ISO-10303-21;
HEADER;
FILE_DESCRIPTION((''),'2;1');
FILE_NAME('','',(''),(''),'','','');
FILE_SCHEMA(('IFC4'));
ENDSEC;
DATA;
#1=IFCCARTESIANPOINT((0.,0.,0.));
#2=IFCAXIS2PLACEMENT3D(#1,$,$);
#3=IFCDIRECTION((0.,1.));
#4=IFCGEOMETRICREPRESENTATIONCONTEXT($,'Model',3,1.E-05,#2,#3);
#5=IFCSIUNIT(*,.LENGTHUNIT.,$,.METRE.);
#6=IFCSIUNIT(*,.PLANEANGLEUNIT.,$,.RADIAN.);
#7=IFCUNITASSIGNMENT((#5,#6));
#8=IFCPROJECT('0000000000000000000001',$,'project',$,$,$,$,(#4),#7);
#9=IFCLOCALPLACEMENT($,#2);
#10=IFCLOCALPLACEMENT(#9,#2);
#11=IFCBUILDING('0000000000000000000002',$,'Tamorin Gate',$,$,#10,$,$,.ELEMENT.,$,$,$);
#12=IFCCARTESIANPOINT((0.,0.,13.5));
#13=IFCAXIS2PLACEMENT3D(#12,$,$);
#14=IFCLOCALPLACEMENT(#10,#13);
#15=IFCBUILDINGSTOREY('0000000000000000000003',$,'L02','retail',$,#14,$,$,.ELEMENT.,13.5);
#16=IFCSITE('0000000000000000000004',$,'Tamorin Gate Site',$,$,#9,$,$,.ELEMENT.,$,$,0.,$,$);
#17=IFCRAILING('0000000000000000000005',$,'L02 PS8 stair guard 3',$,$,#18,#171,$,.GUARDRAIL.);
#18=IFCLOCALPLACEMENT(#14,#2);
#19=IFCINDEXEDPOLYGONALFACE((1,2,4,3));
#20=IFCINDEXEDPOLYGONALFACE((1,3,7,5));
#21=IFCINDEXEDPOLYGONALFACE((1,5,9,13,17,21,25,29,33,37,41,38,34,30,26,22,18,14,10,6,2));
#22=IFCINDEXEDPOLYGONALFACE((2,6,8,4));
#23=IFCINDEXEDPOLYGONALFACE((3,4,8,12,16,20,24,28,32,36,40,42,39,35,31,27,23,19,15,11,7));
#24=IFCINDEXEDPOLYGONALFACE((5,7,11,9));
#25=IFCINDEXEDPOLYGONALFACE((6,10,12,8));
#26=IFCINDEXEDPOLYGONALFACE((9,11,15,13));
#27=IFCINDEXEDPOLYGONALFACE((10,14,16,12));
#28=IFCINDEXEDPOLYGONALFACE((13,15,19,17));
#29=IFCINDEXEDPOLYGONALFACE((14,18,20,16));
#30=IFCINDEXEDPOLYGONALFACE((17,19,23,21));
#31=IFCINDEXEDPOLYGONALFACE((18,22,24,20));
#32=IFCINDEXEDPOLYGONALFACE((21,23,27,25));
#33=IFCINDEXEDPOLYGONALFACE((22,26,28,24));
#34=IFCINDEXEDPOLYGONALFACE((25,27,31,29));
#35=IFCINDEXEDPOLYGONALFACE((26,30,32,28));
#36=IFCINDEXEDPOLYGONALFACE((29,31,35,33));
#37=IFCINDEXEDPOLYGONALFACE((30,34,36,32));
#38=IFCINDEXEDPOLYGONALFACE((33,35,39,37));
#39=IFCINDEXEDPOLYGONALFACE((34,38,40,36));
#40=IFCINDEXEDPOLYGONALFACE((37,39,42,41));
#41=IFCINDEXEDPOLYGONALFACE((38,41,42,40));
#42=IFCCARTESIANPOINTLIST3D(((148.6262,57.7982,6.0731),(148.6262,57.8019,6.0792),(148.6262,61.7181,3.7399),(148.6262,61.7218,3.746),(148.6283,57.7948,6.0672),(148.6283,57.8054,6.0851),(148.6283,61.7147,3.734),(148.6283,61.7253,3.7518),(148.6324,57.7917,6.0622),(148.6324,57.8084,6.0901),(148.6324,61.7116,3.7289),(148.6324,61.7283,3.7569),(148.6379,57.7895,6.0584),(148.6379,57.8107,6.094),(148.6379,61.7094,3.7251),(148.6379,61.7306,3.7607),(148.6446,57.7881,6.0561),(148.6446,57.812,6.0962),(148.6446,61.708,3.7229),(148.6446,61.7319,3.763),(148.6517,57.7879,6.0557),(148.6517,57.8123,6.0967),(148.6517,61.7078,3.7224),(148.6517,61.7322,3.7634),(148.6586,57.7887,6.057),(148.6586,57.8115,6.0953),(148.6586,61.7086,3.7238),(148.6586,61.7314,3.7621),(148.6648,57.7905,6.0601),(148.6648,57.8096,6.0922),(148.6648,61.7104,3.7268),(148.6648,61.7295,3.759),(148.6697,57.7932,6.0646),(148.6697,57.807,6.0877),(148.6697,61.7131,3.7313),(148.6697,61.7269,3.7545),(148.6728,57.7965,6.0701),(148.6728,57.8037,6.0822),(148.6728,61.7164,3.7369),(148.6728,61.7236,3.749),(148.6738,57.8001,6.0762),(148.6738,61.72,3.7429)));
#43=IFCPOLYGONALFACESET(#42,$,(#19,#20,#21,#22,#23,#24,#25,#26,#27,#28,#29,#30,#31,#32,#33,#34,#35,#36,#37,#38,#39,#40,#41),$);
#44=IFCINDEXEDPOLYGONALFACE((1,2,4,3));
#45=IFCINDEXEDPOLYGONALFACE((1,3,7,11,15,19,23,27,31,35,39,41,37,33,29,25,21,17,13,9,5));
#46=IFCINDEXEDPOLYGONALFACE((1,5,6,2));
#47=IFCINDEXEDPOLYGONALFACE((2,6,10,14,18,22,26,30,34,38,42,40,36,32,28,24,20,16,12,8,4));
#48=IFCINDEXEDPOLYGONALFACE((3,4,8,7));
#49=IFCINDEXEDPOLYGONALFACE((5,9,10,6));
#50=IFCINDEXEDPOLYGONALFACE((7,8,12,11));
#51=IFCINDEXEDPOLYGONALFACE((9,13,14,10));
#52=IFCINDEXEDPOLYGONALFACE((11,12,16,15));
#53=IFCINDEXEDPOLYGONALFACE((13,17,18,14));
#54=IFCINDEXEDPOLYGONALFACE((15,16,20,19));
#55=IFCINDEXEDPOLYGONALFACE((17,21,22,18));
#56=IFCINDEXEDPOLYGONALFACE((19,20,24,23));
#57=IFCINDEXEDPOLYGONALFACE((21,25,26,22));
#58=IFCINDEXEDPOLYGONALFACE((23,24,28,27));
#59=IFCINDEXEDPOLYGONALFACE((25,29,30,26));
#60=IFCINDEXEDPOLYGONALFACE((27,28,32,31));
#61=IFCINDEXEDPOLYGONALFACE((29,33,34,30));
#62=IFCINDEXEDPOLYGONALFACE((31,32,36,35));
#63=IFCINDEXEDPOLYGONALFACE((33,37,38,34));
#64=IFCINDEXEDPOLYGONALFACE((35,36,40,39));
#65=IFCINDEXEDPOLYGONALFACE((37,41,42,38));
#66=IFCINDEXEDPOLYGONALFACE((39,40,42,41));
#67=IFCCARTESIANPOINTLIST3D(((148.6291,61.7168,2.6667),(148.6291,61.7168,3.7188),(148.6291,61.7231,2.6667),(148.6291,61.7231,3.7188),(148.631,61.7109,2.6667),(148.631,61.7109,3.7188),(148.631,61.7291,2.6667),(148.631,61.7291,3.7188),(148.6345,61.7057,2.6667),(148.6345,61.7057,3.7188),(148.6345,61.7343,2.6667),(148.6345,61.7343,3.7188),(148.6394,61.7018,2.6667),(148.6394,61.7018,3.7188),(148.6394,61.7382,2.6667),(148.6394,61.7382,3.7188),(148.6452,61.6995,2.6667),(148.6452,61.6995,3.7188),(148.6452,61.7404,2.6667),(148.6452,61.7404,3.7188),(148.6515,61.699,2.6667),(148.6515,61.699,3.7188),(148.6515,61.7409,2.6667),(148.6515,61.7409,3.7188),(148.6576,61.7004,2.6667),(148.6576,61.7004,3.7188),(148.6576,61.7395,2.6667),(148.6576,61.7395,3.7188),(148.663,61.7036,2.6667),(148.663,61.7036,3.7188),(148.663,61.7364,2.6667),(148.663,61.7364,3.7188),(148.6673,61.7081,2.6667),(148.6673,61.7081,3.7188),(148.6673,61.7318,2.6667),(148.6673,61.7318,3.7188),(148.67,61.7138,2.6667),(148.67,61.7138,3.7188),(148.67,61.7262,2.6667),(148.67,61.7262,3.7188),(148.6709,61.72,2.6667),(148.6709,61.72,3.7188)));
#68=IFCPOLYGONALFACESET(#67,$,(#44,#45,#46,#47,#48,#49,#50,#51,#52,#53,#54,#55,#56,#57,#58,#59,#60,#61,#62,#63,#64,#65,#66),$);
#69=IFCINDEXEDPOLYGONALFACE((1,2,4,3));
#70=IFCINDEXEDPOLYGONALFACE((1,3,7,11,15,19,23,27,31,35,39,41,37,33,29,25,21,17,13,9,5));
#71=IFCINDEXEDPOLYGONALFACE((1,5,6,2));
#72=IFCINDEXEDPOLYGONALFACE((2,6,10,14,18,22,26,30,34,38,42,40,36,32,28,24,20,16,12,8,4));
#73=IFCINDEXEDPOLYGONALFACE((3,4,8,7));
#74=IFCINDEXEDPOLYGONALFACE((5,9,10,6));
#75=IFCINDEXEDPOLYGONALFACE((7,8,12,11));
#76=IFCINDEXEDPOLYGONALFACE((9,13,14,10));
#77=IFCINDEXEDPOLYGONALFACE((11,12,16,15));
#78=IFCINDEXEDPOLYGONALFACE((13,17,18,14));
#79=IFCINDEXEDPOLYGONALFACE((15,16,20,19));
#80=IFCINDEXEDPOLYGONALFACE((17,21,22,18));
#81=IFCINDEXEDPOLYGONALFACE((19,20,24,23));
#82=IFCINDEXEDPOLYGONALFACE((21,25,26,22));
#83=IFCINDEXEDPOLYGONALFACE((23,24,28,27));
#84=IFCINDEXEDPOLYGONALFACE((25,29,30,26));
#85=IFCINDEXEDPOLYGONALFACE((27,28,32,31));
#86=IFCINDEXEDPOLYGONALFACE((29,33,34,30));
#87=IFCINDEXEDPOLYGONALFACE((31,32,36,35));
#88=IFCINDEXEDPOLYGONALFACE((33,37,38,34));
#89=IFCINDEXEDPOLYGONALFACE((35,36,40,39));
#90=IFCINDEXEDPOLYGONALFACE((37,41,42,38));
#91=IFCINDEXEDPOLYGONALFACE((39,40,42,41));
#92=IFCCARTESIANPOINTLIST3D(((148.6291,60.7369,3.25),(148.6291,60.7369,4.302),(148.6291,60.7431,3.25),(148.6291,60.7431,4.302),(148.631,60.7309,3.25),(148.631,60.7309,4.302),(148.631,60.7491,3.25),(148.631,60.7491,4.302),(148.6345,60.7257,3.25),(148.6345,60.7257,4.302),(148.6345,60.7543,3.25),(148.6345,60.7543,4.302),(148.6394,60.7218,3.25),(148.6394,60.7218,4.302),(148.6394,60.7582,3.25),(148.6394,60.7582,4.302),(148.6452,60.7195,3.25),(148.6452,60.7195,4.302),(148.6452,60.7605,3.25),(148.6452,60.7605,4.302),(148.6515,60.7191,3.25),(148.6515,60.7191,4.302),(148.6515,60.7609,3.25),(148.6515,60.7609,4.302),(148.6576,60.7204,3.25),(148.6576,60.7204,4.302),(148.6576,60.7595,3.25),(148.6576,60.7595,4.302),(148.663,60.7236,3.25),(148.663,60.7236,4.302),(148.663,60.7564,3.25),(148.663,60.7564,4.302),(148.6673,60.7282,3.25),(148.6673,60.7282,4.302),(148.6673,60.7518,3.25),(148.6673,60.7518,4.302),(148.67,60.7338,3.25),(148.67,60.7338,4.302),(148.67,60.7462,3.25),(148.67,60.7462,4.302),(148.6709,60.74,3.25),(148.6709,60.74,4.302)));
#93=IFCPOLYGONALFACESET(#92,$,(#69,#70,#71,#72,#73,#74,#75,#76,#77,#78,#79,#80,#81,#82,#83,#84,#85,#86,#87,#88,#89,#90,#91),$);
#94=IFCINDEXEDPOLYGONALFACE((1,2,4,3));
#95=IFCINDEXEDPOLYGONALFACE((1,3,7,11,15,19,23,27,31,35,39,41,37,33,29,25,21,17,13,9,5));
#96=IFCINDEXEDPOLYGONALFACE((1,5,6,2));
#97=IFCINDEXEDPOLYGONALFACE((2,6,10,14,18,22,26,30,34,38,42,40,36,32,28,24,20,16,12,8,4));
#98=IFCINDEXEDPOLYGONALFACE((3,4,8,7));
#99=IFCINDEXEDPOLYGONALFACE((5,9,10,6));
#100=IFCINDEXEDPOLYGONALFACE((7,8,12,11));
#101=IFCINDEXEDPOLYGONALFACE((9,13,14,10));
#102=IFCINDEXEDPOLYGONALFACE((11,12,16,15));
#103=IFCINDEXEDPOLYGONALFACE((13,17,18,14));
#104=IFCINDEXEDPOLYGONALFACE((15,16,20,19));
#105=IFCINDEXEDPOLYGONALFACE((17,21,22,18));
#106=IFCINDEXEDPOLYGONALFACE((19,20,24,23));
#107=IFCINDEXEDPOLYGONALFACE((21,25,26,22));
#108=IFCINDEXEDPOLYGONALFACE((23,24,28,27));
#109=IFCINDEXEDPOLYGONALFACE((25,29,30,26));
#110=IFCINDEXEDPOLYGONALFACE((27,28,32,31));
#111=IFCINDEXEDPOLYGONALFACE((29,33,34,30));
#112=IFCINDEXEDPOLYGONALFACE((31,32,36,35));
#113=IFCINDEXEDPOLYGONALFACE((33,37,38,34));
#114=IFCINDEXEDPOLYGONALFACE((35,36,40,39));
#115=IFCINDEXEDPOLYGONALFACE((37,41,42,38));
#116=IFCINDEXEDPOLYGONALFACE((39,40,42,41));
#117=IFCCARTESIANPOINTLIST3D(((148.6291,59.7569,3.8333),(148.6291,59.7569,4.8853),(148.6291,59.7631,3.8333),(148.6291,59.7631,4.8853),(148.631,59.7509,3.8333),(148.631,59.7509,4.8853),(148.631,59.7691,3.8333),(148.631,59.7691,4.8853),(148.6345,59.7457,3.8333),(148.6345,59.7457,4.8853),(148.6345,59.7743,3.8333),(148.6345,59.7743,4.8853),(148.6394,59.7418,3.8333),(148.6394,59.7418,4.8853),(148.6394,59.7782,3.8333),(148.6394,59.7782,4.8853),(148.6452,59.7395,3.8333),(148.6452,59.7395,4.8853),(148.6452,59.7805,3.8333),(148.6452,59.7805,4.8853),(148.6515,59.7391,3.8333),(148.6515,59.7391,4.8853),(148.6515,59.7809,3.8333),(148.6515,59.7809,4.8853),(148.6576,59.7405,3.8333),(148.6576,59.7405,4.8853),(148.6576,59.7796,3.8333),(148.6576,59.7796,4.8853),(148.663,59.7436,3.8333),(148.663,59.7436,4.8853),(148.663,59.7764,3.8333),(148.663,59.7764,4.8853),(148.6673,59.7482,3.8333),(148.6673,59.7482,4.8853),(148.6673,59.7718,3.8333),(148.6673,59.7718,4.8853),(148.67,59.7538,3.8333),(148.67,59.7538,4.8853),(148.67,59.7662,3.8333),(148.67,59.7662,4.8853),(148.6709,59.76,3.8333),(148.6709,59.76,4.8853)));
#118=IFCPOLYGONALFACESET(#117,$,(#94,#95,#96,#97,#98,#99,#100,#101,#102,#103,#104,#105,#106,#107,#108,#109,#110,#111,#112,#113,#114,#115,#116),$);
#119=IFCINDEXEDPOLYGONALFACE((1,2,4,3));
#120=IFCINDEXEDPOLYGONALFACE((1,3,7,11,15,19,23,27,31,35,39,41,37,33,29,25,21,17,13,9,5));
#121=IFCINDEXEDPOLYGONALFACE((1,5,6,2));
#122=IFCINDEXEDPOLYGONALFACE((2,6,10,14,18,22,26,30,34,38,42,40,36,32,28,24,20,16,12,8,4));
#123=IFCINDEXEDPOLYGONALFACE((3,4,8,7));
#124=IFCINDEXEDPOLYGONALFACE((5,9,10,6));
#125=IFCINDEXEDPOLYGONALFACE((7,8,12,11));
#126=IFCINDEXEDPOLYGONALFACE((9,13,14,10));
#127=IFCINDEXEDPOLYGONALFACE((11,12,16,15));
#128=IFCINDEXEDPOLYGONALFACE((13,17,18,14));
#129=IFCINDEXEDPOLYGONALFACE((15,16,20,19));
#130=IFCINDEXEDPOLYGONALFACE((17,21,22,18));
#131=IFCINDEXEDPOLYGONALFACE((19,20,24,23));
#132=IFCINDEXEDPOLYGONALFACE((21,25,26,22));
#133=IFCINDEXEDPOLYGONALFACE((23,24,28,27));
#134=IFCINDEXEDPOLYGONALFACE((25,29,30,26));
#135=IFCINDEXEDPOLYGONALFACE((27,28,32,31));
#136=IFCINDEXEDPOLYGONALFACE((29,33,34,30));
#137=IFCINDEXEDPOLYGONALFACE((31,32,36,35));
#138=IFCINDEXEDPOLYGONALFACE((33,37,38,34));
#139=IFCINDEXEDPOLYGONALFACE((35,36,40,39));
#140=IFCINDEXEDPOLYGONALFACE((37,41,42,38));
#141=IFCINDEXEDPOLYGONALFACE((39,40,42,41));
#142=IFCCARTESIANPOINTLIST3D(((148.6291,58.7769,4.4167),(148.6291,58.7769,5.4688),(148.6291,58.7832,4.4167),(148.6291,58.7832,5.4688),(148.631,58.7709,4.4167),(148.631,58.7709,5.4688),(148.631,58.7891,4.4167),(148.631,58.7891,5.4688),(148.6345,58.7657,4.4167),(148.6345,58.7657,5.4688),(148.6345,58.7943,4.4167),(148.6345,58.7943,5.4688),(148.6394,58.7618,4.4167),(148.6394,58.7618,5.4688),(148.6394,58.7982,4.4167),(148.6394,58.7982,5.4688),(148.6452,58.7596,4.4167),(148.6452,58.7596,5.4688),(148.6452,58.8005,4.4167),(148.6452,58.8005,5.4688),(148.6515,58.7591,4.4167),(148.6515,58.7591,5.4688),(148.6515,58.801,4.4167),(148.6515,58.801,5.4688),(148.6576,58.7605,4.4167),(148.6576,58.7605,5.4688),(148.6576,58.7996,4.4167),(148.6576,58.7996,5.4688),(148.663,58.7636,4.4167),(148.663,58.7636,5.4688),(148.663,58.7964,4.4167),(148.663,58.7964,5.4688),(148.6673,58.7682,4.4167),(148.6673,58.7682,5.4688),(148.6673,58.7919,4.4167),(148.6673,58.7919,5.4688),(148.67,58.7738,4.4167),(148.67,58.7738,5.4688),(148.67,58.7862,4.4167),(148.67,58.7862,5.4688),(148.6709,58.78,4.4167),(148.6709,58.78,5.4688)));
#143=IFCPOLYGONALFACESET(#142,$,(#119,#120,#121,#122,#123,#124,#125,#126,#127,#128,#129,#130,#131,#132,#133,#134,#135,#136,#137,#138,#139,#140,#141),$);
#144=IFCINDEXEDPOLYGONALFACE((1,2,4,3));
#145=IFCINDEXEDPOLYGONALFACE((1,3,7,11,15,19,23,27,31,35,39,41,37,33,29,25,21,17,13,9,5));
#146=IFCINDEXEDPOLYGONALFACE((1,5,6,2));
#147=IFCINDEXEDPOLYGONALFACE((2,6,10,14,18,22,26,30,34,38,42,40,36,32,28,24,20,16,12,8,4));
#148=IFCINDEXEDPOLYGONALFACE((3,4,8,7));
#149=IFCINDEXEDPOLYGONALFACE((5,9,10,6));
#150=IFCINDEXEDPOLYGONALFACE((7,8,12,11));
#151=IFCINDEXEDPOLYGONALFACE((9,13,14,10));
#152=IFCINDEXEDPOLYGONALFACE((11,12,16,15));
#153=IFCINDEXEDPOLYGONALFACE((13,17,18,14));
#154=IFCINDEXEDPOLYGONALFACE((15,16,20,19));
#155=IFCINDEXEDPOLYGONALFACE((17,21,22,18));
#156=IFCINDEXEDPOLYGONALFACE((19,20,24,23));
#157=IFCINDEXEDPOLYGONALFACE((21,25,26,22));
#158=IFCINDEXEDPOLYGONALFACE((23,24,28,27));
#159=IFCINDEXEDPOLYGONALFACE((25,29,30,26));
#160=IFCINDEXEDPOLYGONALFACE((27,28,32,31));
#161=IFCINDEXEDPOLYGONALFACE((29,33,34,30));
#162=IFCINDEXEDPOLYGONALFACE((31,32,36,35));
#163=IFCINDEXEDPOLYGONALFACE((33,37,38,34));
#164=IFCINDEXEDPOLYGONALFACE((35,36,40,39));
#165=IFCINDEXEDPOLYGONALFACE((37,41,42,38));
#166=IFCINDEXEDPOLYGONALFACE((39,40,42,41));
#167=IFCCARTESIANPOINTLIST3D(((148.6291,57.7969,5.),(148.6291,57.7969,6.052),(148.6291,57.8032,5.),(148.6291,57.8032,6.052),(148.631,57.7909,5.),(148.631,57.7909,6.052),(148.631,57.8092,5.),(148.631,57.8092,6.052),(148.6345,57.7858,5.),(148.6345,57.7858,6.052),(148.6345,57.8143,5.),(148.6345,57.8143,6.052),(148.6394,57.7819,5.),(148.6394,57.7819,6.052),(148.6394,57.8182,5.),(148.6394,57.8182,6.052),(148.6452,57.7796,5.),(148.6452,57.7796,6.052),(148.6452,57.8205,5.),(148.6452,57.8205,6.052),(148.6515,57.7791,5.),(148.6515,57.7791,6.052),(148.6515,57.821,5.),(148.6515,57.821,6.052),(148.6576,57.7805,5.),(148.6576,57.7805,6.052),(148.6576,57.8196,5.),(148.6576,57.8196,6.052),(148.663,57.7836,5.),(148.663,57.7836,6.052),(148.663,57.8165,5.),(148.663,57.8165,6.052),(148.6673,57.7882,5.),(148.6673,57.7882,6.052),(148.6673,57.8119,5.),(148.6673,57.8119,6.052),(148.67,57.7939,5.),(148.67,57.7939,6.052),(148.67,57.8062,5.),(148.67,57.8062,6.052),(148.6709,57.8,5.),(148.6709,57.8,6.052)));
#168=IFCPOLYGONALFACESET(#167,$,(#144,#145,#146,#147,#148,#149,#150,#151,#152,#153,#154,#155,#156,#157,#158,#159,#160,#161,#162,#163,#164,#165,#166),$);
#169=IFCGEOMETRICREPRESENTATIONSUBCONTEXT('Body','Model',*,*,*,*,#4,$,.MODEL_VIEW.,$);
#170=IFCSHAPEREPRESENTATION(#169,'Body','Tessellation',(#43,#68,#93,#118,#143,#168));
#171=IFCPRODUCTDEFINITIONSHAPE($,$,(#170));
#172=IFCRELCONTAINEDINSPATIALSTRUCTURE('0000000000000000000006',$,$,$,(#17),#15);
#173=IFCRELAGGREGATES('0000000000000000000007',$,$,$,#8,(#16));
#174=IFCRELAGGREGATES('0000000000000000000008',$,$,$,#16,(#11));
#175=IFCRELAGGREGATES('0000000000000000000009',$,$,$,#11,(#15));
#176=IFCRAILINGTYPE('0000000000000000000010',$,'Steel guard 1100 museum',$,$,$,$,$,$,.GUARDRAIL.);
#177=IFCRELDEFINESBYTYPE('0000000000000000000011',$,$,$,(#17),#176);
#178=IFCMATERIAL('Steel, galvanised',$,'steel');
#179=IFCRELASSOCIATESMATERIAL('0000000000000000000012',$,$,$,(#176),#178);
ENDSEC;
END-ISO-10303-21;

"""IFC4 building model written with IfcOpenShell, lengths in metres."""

from ifc_helpers import new_model, si_unit, direction, frame, origin, origin_2d, place, context, subcontext, project, spatial, circle, extrude, material, type_object, element, save


model = new_model("IFC4")

# Units and contexts
model_context = context("Model", 3, precision=1e-05, world=origin(), true_north=direction((0.0, 1.0)))
body_context = subcontext(model_context, "Body", "Model", "MODEL_VIEW")
ifc_project = project(units=[si_unit("LENGTHUNIT", "METRE"), si_unit("PLANEANGLEUNIT", "RADIAN")], contexts=[model_context])

# Site, building, storey
site_placement = place(None, origin())
site = spatial("IfcSite", under=ifc_project, at=site_placement, Name="Tamorin Gate Site", CompositionType="ELEMENT", RefElevation=0.0)
building_placement = place(site_placement, origin())
building = spatial("IfcBuilding", under=site, at=building_placement, Name="Tamorin Gate", CompositionType="ELEMENT")
storey_placement = place(building_placement, frame((0.0, 0.0, 13.5)))
storey = spatial("IfcBuildingStorey", under=building, at=storey_placement, Name="L02", Description="retail", CompositionType="ELEMENT", Elevation=13.5)

# Railing
ifc_material_1 = material(Name="Steel, galvanised", Category="steel")
railing_type_1 = type_object("IfcRailingType", Name="Steel guard 1100 museum", PredefinedType="GUARDRAIL", material=ifc_material_1)
railing_1_placement = place(storey_placement, frame((148.6499, 61.72, 2.6667)))
element("IfcRailing", 1, at=railing_1_placement, inside=storey, type_object=railing_type_1, Name="L02 PS8 stair guard 3", PredefinedType="GUARDRAIL", context=body_context, shape_type="SweptSolid", body=[
    extrude(circle(Radius=0.0239, at=origin_2d()), frame((0.0, 0.0, 1.0762), z_axis=(0.0, -0.859296, 0.511478), x_axis=(1.0, 0.0, 0.0)), (0.0, 0.0, 1.0), 4.5618),
    extrude(circle(Radius=0.021, at=origin_2d()), origin(), (0.0, 0.0, 1.0), 1.052),
    extrude(circle(Radius=0.021, at=origin_2d()), frame((0.0, -0.98, 0.5833)), (0.0, 0.0, 1.0), 1.052),
    extrude(circle(Radius=0.021, at=origin_2d()), frame((0.0, -1.96, 1.1665)), (0.0, 0.0, 1.0), 1.052),
    extrude(circle(Radius=0.021, at=origin_2d()), frame((0.0, -2.9399, 1.75)), (0.0, 0.0, 1.0), 1.052),
    extrude(circle(Radius=0.021, at=origin_2d()), frame((0.0, -3.9199, 2.3333)), (0.0, 0.0, 1.0), 1.052),
])

save(model, "model.ifc")
